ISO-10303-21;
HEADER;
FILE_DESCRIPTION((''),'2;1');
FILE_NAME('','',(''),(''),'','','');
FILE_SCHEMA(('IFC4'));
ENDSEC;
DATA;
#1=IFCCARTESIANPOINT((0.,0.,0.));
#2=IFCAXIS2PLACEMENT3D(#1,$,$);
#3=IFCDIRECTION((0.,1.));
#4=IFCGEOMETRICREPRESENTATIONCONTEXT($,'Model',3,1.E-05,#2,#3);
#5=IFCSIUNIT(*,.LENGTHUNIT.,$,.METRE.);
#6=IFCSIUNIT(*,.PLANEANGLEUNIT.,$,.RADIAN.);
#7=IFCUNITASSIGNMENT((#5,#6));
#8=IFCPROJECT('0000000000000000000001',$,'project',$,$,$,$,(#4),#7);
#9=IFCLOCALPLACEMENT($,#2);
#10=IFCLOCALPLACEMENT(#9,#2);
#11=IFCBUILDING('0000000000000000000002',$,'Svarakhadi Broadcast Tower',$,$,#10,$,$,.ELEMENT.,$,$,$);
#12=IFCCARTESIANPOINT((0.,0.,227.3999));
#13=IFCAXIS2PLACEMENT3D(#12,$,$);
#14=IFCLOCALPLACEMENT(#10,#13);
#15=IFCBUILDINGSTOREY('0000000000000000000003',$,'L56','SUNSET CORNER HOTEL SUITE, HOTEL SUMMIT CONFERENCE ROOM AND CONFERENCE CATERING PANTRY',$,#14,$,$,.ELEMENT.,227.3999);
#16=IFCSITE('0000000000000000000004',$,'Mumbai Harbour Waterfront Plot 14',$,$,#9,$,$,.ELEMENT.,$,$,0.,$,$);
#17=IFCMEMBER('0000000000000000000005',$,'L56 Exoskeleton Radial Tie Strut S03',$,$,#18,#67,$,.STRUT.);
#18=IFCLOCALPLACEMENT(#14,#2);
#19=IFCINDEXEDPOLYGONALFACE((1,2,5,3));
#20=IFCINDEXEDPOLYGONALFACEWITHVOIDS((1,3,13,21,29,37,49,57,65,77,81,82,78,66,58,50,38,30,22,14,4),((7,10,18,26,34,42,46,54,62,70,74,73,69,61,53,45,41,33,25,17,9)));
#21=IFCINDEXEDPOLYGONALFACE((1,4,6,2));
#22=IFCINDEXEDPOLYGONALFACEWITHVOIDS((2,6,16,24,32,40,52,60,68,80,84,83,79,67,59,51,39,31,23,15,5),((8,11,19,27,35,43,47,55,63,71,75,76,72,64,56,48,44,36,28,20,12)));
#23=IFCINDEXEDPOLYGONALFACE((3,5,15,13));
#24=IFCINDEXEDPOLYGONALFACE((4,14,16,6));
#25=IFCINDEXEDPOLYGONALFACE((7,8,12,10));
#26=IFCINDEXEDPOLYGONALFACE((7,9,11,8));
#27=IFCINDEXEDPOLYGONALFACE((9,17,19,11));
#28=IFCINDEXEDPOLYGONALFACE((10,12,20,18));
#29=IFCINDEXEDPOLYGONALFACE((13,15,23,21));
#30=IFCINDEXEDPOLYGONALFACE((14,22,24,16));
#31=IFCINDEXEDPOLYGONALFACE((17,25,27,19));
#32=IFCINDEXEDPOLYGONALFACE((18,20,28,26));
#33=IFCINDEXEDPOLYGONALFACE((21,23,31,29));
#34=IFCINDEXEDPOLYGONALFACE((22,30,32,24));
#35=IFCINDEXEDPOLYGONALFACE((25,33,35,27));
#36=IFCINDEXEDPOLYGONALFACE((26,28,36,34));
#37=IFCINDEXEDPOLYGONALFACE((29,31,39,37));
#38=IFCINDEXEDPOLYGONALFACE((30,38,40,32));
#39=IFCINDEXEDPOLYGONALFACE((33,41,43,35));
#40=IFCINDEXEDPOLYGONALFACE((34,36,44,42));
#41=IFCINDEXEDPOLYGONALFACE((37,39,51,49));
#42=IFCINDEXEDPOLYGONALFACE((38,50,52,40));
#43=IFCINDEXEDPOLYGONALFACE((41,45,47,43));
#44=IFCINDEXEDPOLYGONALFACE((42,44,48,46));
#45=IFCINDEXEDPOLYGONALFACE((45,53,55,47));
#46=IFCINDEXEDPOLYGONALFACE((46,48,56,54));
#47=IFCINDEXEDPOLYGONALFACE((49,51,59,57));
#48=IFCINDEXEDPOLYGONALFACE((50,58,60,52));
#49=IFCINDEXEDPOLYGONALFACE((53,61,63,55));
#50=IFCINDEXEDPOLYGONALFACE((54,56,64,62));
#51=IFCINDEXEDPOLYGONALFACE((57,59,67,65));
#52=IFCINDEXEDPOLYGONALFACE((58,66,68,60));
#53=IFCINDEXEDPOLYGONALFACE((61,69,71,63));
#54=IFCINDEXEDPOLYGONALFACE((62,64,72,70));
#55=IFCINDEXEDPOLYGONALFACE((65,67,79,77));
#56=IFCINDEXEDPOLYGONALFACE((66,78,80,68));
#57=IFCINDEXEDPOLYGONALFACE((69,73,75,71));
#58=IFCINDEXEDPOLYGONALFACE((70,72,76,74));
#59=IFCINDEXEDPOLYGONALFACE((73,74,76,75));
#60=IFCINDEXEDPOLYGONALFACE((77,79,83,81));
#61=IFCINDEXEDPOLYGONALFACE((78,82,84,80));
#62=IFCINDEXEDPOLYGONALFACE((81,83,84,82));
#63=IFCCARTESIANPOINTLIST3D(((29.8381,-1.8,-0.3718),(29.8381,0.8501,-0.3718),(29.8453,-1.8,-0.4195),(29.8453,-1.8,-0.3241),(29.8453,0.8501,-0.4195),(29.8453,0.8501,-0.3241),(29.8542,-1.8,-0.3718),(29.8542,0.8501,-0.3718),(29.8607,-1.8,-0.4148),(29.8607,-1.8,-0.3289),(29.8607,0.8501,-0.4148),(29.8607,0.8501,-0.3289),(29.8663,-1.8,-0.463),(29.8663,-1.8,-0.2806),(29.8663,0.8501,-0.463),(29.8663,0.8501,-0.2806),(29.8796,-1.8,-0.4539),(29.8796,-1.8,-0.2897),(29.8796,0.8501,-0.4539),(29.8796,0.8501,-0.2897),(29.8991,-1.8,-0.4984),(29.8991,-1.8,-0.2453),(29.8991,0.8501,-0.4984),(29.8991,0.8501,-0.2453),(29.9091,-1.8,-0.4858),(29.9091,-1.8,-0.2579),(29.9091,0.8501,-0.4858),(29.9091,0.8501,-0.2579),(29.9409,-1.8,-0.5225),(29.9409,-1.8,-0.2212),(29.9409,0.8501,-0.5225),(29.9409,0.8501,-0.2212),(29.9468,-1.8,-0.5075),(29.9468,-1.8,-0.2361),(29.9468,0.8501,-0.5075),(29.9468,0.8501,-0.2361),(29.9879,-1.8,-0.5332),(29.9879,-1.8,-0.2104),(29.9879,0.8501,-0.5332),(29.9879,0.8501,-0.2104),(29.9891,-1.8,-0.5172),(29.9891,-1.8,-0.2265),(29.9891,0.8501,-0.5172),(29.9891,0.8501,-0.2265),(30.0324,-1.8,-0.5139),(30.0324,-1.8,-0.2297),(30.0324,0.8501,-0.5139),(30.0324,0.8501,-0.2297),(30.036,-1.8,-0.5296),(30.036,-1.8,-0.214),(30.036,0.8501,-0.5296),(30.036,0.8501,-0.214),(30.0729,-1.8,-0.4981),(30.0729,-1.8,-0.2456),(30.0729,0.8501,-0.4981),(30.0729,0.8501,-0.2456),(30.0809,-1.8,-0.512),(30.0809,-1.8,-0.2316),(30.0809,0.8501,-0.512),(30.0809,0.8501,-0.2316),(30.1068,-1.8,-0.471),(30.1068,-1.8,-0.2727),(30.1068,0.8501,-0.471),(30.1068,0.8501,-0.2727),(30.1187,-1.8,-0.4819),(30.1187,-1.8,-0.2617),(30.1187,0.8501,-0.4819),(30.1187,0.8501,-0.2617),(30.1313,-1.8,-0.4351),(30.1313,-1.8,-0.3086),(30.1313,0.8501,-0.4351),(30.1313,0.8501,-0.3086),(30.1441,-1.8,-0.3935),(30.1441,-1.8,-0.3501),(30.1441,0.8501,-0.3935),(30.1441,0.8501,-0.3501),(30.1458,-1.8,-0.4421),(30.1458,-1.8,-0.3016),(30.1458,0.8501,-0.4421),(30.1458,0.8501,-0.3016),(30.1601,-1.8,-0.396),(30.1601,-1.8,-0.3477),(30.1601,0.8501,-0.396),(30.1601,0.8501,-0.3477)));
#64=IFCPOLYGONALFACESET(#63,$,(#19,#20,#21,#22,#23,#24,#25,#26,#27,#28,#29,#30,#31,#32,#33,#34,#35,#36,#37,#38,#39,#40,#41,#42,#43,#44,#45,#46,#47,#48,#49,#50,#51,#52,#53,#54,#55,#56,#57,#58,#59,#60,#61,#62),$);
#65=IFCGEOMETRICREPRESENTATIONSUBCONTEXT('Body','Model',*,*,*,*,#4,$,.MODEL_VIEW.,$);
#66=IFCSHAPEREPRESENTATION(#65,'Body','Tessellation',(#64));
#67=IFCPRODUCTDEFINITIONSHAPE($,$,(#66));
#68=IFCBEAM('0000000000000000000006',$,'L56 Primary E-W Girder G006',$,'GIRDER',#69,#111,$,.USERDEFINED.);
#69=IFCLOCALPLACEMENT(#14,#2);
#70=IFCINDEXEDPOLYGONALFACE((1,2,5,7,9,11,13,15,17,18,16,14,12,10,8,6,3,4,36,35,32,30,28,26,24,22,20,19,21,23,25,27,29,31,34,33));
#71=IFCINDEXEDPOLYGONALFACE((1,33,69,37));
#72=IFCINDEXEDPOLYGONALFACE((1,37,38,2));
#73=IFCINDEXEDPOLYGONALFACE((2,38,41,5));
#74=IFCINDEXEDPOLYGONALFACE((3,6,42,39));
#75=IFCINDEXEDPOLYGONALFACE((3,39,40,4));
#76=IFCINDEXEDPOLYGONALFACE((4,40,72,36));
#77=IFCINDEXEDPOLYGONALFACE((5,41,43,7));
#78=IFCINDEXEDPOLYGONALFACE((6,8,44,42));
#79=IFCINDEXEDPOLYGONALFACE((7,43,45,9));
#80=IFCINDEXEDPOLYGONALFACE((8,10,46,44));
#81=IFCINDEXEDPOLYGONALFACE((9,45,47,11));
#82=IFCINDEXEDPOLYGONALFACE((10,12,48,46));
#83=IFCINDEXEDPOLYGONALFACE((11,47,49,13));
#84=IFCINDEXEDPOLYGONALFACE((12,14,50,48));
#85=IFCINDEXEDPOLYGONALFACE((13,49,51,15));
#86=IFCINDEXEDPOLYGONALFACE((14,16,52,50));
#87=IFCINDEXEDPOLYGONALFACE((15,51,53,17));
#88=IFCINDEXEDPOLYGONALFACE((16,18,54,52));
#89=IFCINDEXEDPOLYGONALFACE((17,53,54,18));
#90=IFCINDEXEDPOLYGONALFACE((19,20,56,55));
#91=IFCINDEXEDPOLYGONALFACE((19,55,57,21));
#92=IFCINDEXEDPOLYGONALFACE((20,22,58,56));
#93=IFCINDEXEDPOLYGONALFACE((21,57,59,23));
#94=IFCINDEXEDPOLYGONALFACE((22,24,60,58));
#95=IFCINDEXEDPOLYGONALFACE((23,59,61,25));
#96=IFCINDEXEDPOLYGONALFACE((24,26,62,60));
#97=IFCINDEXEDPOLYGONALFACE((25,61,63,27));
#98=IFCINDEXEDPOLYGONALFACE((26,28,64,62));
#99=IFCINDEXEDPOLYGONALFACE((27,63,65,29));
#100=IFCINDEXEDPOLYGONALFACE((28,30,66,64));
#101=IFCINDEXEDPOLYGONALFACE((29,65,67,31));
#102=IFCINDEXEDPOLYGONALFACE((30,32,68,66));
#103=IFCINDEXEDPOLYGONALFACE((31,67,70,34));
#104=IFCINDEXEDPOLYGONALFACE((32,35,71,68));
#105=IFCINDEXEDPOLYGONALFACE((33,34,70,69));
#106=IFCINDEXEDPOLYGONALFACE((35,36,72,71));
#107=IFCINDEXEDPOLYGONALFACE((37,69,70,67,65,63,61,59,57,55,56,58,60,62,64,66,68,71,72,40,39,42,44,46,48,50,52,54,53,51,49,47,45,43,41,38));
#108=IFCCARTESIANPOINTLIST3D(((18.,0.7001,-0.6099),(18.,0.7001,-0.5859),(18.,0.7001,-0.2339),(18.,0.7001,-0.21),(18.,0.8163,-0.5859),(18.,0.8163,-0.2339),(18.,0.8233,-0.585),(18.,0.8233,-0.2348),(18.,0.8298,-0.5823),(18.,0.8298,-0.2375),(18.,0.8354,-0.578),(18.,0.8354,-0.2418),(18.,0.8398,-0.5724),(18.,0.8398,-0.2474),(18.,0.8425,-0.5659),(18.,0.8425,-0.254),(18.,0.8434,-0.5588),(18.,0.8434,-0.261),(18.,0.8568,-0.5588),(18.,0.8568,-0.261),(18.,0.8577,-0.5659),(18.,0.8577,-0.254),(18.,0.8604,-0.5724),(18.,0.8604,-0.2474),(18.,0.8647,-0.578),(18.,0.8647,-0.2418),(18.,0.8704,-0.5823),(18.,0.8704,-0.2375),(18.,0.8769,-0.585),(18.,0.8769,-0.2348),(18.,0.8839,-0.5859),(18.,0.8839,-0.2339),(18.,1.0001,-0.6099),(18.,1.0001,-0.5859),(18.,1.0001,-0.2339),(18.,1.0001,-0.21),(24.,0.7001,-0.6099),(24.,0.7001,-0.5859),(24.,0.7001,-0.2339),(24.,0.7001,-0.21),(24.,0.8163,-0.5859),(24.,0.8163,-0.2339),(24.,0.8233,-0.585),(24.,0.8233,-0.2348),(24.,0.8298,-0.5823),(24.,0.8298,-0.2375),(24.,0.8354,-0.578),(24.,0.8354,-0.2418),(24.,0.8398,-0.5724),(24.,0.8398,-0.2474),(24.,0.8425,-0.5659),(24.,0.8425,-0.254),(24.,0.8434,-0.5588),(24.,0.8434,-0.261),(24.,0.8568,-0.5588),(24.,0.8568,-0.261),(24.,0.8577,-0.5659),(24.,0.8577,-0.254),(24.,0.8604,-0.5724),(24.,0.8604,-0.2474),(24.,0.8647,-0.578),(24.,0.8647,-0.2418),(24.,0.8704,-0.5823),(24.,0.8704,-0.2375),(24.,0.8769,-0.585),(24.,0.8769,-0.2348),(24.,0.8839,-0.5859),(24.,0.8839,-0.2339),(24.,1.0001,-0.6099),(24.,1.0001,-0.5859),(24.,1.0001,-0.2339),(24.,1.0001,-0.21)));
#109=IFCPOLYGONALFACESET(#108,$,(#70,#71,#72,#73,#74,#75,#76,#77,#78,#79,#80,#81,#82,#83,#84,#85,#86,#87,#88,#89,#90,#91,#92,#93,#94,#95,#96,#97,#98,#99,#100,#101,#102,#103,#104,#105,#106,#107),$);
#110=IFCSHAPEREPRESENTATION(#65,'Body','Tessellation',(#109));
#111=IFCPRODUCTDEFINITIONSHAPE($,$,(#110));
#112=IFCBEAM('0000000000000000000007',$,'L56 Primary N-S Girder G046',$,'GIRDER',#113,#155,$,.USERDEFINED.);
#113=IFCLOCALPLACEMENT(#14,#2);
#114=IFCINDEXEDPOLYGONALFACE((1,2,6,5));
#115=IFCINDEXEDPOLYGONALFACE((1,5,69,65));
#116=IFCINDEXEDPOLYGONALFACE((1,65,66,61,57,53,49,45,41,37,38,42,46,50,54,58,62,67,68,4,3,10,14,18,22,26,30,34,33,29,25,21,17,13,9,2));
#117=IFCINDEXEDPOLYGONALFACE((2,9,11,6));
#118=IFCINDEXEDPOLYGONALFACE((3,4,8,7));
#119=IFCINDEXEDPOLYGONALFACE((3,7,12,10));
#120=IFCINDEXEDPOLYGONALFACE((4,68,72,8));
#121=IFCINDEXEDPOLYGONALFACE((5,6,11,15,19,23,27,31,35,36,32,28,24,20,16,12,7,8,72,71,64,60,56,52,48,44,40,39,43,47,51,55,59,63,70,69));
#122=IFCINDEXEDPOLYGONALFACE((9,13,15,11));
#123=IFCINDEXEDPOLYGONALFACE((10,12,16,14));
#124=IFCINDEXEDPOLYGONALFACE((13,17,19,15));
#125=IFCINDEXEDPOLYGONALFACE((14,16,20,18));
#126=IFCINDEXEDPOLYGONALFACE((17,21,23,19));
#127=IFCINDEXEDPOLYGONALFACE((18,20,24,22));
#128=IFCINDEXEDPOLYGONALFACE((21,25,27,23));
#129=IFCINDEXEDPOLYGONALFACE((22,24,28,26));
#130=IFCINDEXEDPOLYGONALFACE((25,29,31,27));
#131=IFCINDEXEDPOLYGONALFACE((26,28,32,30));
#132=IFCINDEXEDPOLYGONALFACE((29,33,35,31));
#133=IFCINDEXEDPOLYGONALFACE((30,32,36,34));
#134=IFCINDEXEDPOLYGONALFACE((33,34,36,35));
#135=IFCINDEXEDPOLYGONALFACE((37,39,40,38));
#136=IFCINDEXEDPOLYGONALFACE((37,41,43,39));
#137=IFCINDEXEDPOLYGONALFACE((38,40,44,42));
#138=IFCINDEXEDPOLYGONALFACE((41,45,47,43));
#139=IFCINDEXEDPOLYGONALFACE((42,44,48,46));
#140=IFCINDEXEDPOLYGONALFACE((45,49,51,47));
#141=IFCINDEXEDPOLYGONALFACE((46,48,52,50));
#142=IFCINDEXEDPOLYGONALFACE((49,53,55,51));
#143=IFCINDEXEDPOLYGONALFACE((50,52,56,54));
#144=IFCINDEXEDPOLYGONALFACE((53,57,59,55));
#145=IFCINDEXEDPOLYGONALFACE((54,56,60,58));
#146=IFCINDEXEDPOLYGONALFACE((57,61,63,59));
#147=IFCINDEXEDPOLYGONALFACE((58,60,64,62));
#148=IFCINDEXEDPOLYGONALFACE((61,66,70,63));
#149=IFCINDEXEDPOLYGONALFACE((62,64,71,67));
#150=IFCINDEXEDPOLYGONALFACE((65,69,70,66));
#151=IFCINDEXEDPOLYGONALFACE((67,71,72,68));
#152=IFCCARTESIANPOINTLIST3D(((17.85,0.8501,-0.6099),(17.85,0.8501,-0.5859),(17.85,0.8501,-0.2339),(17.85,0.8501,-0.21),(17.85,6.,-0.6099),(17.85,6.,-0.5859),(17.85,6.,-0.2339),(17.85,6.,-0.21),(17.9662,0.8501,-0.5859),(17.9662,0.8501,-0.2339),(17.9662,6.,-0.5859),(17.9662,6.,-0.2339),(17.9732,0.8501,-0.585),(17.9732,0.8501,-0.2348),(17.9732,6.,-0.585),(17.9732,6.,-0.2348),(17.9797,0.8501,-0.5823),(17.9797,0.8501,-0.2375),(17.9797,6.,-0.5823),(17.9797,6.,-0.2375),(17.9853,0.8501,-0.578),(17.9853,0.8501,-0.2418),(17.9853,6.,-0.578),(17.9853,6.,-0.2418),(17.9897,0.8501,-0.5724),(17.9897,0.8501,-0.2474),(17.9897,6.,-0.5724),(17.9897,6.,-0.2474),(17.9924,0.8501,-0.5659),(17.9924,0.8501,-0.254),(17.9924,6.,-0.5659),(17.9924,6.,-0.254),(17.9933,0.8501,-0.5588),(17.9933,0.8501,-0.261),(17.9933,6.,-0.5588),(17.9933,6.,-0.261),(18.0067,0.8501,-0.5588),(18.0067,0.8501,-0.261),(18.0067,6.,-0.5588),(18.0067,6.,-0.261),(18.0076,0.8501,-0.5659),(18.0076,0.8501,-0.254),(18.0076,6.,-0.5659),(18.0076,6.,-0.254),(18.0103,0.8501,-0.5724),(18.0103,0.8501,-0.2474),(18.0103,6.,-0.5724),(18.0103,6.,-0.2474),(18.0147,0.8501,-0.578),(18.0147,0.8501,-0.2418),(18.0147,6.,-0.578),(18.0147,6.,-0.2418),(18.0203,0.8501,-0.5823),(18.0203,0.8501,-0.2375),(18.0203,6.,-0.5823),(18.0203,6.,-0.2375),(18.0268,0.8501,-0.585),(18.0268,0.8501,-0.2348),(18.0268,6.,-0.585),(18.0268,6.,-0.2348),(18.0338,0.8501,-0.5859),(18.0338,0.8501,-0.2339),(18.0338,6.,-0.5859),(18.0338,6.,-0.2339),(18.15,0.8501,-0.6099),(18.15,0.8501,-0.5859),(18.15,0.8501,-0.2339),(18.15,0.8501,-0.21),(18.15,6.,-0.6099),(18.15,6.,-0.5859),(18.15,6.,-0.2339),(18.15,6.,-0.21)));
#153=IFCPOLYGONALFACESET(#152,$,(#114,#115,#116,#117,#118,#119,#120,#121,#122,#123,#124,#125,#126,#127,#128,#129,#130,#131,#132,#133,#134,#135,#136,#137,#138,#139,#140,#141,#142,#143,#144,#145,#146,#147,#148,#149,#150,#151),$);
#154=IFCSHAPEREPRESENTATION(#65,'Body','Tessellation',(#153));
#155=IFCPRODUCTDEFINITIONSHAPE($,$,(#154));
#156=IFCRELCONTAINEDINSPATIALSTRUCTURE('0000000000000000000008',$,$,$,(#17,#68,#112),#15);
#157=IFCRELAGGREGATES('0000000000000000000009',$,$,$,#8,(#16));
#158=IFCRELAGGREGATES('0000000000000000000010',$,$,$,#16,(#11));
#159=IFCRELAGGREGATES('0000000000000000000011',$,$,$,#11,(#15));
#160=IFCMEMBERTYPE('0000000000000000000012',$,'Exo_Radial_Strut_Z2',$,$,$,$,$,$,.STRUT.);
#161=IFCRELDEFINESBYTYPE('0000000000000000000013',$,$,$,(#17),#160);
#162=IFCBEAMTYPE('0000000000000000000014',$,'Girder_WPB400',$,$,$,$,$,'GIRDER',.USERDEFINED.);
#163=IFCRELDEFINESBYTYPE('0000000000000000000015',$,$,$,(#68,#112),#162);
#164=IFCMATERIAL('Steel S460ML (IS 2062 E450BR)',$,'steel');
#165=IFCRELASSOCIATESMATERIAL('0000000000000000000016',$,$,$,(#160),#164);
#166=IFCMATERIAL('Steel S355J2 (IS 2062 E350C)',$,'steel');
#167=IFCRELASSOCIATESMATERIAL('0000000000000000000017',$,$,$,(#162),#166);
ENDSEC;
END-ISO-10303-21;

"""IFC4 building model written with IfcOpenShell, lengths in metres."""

from ifc_helpers import new_model, si_unit, direction, frame, origin, origin_2d, place, context, subcontext, project, spatial, hollow_circle, i_section, extrude, material, material_profile, profile_set, type_object, element, save


model = new_model("IFC4")

# Units and contexts
model_context = context("Model", 3, precision=1e-05, world=origin(), true_north=direction((0.0, 1.0)))
body_context = subcontext(model_context, "Body", "Model", "MODEL_VIEW")
ifc_project = project(units=[si_unit("LENGTHUNIT", "METRE"), si_unit("PLANEANGLEUNIT", "RADIAN")], contexts=[model_context])

# Site, building, storey
site_placement = place(None, origin())
site = spatial("IfcSite", under=ifc_project, at=site_placement, Name="Mumbai Harbour Waterfront Plot 14", CompositionType="ELEMENT", RefElevation=0.0)
building_placement = place(site_placement, origin())
building = spatial("IfcBuilding", under=site, at=building_placement, Name="Svarakhadi Broadcast Tower", CompositionType="ELEMENT")
storey_placement = place(building_placement, frame((0.0, 0.0, 227.3999)))
storey = spatial("IfcBuildingStorey", under=building, at=storey_placement, Name="L56", Description="SUNSET CORNER HOTEL SUITE, HOTEL SUMMIT CONFERENCE ROOM AND CONFERENCE CATERING PANTRY", CompositionType="ELEMENT", Elevation=227.3999)

# Shared definitions
ifc_material_1 = material(Name="Steel S460ML (IS 2062 E450BR)", Category="steel")

# Member
ifc_material_profile_1 = material_profile(ifc_material_1, hollow_circle(Radius=0.1619, WallThickness=0.0161, at=origin_2d()), Name="CHS 323.9x16")
ifc_profile_set_1 = profile_set([ifc_material_profile_1], Name="Steel S460ML (IS 2062 E450BR)")
member_type_1 = type_object("IfcMemberType", Name="Exo_Radial_Strut_Z2", PredefinedType="STRUT", material=ifc_profile_set_1)
for number, where, z_axis, x_axis, name in (
    (1, (30.0, -1.8, -0.3718), (0.0, 1.0, 0.0), (-1.0, 0.0, 0.0), "L56 Exoskeleton Radial Tie Strut S03"),
):
    element("IfcMember", number, at=place(storey_placement, frame(where, z_axis=z_axis, x_axis=x_axis)), inside=storey, type_object=member_type_1, Name=name, PredefinedType="STRUT", context=body_context, shape_type="SweptSolid", body=[
        extrude(hollow_circle(Radius=0.1619, WallThickness=0.0161, at=origin_2d()), origin(), (0.0, 0.0, 1.0), 2.6501),
    ])

# Beams
ifc_material_2 = material(Name="Steel S355J2 (IS 2062 E350C)", Category="steel")
ifc_material_profile_2 = material_profile(ifc_material_2, i_section(OverallWidth=0.3, OverallDepth=0.3999, WebThickness=0.0134, FlangeThickness=0.0239, FilletRadius=0.0271, at=origin_2d()), Name="WPB 400x300x155")
ifc_profile_set_2 = profile_set([ifc_material_profile_2], Name="Steel S355J2 (IS 2062 E350C)")
beam_type_1 = type_object("IfcBeamType", Name="Girder_WPB400", ElementType="GIRDER", PredefinedType="USERDEFINED", material=ifc_profile_set_2)
beam_1_placement = place(storey_placement, frame((18.0, 0.8501, -0.4099), z_axis=(1.0, 0.0, 0.0), x_axis=(0.0, 1.0, 0.0)))
element("IfcBeam", 2, at=beam_1_placement, inside=storey, type_object=beam_type_1, Name="L56 Primary E-W Girder G006", ObjectType="GIRDER", PredefinedType="USERDEFINED", context=body_context, shape_type="SweptSolid", body=[
    extrude(i_section(OverallWidth=0.3, OverallDepth=0.3999, WebThickness=0.0134, FlangeThickness=0.0239, FilletRadius=0.0271, at=origin_2d()), origin(), (0.0, 0.0, 1.0), 6.0),
])
beam_2_placement = place(storey_placement, frame((18.0, 0.8501, -0.4099), z_axis=(0.0, 1.0, 0.0), x_axis=(-1.0, 0.0, 0.0)))
element("IfcBeam", 3, at=beam_2_placement, inside=storey, type_object=beam_type_1, Name="L56 Primary N-S Girder G046", ObjectType="GIRDER", PredefinedType="USERDEFINED", context=body_context, shape_type="SweptSolid", body=[
    extrude(i_section(OverallWidth=0.3, OverallDepth=0.3999, WebThickness=0.0134, FlangeThickness=0.0239, FilletRadius=0.0271, at=origin_2d()), origin(), (0.0, 0.0, 1.0), 5.1499),
])

save(model, "model.ifc")
